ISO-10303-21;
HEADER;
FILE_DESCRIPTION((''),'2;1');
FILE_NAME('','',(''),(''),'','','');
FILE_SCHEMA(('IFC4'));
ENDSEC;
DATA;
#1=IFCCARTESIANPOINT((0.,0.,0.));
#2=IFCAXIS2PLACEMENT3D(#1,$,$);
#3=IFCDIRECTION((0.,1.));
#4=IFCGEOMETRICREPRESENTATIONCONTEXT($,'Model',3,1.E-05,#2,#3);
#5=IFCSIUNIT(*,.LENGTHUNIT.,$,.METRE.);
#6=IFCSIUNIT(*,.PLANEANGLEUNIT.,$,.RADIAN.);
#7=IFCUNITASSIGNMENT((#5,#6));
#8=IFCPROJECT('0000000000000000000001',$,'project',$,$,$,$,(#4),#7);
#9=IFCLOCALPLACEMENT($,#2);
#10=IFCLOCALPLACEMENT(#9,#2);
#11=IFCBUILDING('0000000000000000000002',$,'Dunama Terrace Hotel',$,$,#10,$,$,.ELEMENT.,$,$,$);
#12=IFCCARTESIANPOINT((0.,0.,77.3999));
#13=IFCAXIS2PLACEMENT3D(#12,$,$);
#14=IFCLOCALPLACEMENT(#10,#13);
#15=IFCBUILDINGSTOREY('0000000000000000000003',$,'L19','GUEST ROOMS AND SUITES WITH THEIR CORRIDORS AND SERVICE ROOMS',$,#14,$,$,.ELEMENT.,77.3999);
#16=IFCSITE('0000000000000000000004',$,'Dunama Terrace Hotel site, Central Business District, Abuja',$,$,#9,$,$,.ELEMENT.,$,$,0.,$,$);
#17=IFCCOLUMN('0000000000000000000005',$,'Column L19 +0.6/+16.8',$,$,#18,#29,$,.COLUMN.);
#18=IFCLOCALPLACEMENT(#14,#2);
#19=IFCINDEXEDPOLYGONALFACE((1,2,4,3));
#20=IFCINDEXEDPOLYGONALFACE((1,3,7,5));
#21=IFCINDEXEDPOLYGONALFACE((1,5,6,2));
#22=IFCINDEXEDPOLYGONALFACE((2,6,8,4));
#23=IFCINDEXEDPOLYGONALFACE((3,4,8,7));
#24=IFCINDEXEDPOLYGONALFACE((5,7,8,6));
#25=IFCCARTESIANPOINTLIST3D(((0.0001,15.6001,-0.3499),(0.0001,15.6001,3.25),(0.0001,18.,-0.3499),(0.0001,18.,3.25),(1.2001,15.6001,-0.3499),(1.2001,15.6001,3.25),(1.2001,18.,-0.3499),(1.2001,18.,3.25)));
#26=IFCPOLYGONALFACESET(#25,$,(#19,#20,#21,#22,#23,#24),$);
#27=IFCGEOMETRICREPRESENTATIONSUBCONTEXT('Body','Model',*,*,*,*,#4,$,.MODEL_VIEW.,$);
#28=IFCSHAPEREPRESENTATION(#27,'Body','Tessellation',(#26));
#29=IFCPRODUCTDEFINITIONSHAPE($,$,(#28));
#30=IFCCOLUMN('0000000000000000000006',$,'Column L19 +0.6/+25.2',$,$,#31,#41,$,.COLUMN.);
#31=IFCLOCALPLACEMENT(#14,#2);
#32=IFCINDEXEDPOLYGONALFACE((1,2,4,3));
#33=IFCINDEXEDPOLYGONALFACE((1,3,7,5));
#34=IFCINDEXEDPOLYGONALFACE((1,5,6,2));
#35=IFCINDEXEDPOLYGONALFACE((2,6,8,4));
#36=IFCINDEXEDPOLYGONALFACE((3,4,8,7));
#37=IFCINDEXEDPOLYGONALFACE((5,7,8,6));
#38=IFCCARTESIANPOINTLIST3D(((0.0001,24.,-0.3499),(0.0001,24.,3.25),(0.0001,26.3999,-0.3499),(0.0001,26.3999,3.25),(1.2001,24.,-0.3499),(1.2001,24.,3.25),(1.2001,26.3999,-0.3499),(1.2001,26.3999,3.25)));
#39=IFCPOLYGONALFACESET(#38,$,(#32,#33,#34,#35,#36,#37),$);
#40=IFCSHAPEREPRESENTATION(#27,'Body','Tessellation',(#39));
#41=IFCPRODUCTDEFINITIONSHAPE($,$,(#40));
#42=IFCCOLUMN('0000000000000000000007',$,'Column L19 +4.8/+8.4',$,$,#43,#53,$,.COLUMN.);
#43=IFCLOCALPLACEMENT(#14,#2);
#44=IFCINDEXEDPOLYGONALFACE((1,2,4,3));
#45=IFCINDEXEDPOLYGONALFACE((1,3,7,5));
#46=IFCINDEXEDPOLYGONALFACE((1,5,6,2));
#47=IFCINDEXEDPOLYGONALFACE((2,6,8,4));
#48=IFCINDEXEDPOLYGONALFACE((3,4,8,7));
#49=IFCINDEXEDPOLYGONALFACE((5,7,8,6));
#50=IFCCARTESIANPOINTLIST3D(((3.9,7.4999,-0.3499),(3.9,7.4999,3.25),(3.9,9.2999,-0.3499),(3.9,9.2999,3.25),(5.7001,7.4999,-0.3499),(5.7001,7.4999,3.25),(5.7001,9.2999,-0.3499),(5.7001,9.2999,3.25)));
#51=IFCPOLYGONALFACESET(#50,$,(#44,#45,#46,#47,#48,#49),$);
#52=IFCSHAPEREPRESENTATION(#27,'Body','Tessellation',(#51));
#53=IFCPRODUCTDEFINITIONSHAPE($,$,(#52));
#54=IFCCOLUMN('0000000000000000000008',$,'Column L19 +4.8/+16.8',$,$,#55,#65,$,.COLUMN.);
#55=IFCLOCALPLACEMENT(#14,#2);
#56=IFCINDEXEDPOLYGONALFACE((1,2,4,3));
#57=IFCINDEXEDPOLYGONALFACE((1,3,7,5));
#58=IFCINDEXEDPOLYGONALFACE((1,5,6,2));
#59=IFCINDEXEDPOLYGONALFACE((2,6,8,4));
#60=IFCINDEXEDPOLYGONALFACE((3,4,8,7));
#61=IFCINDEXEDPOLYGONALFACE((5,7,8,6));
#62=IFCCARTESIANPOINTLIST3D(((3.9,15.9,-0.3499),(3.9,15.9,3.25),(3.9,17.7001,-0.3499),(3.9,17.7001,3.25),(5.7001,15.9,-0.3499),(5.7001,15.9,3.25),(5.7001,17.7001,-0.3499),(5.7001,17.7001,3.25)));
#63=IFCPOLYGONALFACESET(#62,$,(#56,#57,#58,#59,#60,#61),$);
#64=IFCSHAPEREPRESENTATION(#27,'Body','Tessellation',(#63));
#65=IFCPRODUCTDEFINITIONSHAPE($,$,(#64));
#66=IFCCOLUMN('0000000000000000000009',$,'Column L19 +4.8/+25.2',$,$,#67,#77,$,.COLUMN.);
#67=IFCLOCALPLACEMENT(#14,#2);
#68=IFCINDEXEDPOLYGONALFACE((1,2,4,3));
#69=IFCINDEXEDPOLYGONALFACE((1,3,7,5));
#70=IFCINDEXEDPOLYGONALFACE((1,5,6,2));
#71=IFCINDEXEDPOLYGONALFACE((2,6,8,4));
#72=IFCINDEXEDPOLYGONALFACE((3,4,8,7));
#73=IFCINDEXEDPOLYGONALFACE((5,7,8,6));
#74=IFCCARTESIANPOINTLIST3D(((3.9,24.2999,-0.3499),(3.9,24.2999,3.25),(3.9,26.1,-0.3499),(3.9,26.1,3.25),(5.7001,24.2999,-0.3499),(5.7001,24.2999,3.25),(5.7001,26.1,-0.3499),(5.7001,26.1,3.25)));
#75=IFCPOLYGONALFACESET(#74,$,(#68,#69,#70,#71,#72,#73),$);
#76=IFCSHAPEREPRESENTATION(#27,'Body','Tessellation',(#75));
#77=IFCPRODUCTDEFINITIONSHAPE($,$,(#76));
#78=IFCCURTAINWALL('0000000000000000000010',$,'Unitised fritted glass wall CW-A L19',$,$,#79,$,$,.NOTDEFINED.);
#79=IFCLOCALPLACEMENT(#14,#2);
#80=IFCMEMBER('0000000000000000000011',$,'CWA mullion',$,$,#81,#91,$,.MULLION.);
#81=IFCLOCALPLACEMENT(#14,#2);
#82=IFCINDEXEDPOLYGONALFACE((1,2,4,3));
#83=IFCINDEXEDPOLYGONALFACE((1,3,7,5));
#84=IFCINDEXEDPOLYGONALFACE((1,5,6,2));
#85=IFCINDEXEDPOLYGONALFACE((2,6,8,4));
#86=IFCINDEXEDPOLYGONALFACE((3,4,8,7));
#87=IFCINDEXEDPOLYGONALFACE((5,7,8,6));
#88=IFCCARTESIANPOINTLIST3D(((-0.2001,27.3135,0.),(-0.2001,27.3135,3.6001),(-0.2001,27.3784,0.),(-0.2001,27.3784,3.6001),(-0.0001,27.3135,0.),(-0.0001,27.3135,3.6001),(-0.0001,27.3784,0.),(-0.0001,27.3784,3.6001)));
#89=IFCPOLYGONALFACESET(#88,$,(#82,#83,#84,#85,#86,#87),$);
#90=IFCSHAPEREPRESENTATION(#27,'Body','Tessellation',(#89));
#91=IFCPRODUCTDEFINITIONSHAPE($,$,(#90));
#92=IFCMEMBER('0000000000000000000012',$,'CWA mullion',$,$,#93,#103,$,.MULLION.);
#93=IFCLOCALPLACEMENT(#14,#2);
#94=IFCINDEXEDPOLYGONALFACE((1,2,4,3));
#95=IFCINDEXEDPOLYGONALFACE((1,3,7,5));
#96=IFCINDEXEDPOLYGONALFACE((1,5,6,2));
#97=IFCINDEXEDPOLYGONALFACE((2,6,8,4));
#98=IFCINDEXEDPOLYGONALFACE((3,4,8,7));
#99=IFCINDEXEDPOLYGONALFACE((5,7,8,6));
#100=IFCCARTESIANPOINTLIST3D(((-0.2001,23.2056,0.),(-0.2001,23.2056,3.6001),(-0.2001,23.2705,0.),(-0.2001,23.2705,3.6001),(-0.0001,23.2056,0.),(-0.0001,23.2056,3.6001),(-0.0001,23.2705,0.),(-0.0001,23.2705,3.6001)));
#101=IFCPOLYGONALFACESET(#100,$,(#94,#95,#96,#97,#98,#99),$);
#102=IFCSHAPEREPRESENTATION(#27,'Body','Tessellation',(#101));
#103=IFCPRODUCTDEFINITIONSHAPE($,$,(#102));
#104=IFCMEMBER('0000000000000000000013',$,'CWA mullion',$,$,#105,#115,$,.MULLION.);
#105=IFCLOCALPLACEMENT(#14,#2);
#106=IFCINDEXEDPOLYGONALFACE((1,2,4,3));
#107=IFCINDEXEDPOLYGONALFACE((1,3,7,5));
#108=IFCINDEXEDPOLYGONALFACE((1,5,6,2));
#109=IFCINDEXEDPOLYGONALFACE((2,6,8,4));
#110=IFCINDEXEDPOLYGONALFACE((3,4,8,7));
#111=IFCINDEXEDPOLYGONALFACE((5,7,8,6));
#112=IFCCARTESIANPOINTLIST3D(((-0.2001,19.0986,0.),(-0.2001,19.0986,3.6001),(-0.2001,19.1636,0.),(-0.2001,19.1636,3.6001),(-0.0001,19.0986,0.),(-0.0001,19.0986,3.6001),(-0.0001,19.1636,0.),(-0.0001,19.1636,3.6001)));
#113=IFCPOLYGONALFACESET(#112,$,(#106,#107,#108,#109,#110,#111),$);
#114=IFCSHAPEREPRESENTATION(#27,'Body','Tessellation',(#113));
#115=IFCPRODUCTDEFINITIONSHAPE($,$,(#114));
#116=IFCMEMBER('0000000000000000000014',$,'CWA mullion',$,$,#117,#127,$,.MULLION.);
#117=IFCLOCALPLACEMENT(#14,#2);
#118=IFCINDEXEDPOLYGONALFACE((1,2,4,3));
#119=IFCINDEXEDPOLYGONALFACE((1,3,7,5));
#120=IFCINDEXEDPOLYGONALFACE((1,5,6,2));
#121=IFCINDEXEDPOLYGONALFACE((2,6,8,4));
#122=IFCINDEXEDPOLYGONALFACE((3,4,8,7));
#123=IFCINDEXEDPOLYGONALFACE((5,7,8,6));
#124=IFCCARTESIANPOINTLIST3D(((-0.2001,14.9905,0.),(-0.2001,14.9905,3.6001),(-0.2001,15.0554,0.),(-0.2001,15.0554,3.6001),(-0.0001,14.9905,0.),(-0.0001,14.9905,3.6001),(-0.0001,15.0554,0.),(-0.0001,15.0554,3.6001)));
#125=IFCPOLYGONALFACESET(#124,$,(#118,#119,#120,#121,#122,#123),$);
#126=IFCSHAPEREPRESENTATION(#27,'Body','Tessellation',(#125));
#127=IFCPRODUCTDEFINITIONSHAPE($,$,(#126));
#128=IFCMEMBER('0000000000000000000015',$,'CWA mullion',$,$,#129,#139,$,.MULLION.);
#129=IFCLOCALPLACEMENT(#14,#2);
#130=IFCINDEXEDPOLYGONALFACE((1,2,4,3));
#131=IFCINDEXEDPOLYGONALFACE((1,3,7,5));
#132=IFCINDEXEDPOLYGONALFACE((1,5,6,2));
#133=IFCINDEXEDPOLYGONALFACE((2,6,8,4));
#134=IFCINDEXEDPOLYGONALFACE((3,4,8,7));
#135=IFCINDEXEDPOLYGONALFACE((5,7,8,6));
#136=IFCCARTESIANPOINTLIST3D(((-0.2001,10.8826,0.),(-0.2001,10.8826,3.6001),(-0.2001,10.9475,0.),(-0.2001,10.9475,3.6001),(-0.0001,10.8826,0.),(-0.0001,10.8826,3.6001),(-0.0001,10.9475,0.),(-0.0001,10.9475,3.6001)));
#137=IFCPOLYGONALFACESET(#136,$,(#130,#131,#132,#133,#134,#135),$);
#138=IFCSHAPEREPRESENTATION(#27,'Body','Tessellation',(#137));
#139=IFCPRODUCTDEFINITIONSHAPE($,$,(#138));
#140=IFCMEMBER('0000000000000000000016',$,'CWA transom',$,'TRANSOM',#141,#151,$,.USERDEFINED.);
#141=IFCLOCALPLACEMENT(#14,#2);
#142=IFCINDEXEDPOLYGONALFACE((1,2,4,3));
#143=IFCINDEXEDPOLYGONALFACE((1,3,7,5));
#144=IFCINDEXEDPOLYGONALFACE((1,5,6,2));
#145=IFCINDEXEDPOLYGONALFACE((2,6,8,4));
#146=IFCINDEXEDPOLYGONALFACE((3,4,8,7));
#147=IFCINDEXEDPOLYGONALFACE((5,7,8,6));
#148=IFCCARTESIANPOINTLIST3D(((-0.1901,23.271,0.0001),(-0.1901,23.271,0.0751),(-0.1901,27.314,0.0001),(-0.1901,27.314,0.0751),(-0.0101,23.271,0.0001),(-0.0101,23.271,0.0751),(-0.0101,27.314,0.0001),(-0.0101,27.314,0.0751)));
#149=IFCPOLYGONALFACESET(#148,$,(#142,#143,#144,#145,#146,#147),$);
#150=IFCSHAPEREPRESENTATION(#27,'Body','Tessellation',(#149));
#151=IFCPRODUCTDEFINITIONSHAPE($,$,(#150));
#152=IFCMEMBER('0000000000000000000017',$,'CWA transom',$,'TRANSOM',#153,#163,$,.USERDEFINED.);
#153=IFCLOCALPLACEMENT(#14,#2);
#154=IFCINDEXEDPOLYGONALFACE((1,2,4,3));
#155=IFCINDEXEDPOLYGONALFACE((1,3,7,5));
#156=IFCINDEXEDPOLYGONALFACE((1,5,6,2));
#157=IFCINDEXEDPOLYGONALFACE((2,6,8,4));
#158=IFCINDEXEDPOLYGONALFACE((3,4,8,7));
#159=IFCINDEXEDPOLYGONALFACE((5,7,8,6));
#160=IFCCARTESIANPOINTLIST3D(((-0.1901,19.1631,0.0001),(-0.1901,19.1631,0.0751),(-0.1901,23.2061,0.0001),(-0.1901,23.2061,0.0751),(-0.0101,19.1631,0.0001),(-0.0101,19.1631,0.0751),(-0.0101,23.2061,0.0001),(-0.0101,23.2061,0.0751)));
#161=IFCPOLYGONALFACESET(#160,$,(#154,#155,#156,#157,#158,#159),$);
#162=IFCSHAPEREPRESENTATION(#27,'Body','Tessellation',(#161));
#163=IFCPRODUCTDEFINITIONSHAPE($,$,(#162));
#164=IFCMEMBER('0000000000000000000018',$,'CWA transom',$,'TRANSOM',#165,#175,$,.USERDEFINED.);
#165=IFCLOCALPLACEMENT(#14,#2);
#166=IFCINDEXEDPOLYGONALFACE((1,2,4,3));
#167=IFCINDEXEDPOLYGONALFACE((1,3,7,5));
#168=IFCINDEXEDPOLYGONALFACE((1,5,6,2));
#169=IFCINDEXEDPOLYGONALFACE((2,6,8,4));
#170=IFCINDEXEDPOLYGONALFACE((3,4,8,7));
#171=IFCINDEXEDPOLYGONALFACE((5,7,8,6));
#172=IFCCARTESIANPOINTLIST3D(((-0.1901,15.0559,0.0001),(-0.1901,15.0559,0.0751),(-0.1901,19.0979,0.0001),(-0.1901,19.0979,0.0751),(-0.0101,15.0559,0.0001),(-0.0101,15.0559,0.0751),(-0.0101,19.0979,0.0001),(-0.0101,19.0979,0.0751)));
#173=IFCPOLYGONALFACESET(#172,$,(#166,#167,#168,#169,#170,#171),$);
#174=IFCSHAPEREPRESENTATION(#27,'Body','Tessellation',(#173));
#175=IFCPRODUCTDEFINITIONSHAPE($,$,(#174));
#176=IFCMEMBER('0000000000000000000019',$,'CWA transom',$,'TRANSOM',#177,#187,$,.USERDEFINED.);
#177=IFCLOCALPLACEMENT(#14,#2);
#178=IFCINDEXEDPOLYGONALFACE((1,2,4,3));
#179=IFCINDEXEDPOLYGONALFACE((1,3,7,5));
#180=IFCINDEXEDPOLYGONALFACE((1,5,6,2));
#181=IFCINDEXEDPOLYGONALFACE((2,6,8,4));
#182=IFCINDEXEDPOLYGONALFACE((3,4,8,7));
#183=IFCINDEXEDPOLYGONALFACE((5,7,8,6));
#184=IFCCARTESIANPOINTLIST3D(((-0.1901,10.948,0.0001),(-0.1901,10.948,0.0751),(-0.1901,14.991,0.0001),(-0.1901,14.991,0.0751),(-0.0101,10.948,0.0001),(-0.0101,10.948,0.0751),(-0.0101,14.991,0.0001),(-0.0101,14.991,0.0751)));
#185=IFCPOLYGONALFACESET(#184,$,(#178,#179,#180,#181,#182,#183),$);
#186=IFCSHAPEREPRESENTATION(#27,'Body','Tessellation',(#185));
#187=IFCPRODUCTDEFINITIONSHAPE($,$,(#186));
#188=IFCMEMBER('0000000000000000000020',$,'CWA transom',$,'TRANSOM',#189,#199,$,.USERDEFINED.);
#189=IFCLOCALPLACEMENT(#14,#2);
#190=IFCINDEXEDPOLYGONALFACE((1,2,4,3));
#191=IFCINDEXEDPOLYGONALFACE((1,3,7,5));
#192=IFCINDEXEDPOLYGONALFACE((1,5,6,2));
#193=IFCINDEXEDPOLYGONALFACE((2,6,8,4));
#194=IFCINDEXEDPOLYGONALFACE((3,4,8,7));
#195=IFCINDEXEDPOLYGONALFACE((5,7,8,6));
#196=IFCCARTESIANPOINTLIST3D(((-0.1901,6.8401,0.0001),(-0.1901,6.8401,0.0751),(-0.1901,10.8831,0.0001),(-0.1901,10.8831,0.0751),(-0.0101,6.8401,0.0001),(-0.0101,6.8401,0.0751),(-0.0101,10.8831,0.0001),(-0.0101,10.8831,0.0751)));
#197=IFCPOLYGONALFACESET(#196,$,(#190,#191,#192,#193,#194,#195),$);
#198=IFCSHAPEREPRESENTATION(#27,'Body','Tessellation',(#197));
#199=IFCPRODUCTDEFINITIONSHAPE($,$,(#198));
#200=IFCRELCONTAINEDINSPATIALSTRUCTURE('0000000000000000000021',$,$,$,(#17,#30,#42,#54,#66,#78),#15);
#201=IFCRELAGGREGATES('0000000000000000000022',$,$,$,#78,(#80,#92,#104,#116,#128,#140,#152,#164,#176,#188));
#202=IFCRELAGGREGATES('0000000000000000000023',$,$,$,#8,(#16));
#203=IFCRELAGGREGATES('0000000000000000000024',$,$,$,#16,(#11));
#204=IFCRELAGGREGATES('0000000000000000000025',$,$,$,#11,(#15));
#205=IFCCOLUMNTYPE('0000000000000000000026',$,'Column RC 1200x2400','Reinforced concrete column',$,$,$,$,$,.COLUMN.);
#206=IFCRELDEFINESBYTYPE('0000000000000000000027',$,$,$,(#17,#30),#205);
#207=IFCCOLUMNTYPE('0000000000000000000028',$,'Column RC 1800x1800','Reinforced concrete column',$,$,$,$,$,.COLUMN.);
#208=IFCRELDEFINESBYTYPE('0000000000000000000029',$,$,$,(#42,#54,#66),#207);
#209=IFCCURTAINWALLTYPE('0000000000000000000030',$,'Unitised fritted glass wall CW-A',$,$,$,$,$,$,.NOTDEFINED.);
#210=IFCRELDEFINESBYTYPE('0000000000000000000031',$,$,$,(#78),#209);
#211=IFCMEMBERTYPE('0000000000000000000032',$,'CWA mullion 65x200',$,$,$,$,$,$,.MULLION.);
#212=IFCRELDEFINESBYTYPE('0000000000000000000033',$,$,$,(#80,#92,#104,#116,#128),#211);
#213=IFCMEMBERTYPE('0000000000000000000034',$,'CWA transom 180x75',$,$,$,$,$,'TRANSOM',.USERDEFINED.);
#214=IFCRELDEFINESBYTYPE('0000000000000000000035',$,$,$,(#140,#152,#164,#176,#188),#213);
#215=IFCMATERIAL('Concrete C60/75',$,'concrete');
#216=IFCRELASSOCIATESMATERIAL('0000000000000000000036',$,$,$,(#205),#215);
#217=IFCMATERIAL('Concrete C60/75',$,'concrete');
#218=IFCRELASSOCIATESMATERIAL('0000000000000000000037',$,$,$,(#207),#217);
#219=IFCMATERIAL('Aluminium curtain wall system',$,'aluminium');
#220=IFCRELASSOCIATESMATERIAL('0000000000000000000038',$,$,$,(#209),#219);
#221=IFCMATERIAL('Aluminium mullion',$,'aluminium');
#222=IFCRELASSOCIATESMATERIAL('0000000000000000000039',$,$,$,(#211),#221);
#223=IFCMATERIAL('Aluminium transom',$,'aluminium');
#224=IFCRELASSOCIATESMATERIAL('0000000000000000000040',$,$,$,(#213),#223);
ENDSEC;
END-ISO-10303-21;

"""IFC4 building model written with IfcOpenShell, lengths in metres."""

from ifc_helpers import new_model, si_unit, direction, frame, origin, origin_2d, place, context, subcontext, project, spatial, rectangle, extrude, material, material_profile, profile_set, type_object, element, aggregate, save


model = new_model("IFC4")

# Units and contexts
model_context = context("Model", 3, precision=1e-05, world=origin(), true_north=direction((0.0, 1.0)))
body_context = subcontext(model_context, "Body", "Model", "MODEL_VIEW")
ifc_project = project(units=[si_unit("LENGTHUNIT", "METRE"), si_unit("PLANEANGLEUNIT", "RADIAN")], contexts=[model_context])

# Site, building, storey
site_placement = place(None, origin())
site = spatial("IfcSite", under=ifc_project, at=site_placement, Name="Dunama Terrace Hotel site, Central Business District, Abuja", CompositionType="ELEMENT", RefElevation=0.0)
building_placement = place(site_placement, origin())
building = spatial("IfcBuilding", under=site, at=building_placement, Name="Dunama Terrace Hotel", CompositionType="ELEMENT")
storey_placement = place(building_placement, frame((0.0, 0.0, 77.3999)))
storey = spatial("IfcBuildingStorey", under=building, at=storey_placement, Name="L19", Description="GUEST ROOMS AND SUITES WITH THEIR CORRIDORS AND SERVICE ROOMS", CompositionType="ELEMENT", Elevation=77.3999)

# Columns
ifc_material_1 = material(Name="Concrete C60/75", Category="concrete")
ifc_material_profile_1 = material_profile(ifc_material_1, rectangle(XDim=1.2, YDim=2.3999, at=origin_2d()), Name="RC 1200x2400")
ifc_profile_set_1 = profile_set([ifc_material_profile_1], Name="Concrete C60/75")
column_type_1 = type_object("IfcColumnType", Name="Column RC 1200x2400", Description="Reinforced concrete column", PredefinedType="COLUMN", material=ifc_profile_set_1)
for number, where, z_axis, x_axis, name in (
    (1, (0.6001, 16.8, -0.3499), (0.0, 0.0, 1.0), (1.0, 0.0, 0.0), "Column L19 +0.6/+16.8"),
    (2, (0.6001, 25.2, -0.3499), (0.0, 0.0, 1.0), (1.0, 0.0, 0.0), "Column L19 +0.6/+25.2"),
):
    element("IfcColumn", number, at=place(storey_placement, frame(where, z_axis=z_axis, x_axis=x_axis)), inside=storey, type_object=column_type_1, Name=name, PredefinedType="COLUMN", context=body_context, shape_type="SweptSolid", body=[
        extrude(rectangle(XDim=1.2, YDim=2.3999, at=origin_2d()), origin(), (0.0, 0.0, 1.0), 3.5999),
    ])
ifc_material_2 = material(Name="Concrete C60/75", Category="concrete")
ifc_material_profile_2 = material_profile(ifc_material_2, rectangle(XDim=1.8, YDim=1.8, at=origin_2d()), Name="RC 1800x1800")
ifc_profile_set_2 = profile_set([ifc_material_profile_2], Name="Concrete C60/75")
column_type_2 = type_object("IfcColumnType", Name="Column RC 1800x1800", Description="Reinforced concrete column", PredefinedType="COLUMN", material=ifc_profile_set_2)
for number, where, z_axis, x_axis, name in (
    (3, (4.8, 8.3999, -0.3499), (0.0, 0.0, 1.0), (1.0, 0.0, 0.0), "Column L19 +4.8/+8.4"),
    (4, (4.8, 16.8, -0.3499), (0.0, 0.0, 1.0), (1.0, 0.0, 0.0), "Column L19 +4.8/+16.8"),
    (5, (4.8, 25.2, -0.3499), (0.0, 0.0, 1.0), (1.0, 0.0, 0.0), "Column L19 +4.8/+25.2"),
):
    element("IfcColumn", number, at=place(storey_placement, frame(where, z_axis=z_axis, x_axis=x_axis)), inside=storey, type_object=column_type_2, Name=name, PredefinedType="COLUMN", context=body_context, shape_type="SweptSolid", body=[
        extrude(rectangle(XDim=1.8, YDim=1.8, at=origin_2d()), origin(), (0.0, 0.0, 1.0), 3.5999),
    ])

# Curtain wall, members
ifc_material_3 = material(Name="Aluminium curtain wall system", Category="aluminium")
curtain_wall_type = type_object("IfcCurtainWallType", Name="Unitised fritted glass wall CW-A", PredefinedType="NOTDEFINED", material=ifc_material_3)
curtain_wall_placement = place(storey_placement, origin())
curtain_wall = element("IfcCurtainWall", 6, at=curtain_wall_placement, inside=storey, type_object=curtain_wall_type, Name="Unitised fritted glass wall CW-A L19", PredefinedType="NOTDEFINED")
ifc_material_4 = material(Name="Aluminium mullion", Category="aluminium")
ifc_material_profile_3 = material_profile(ifc_material_4, rectangle(XDim=0.0649, YDim=0.2, at=origin_2d()), Name="CWA MULLION 65X200")
ifc_profile_set_3 = profile_set([ifc_material_profile_3], Name="Aluminium mullion")
member_type_1 = type_object("IfcMemberType", Name="CWA mullion 65x200", PredefinedType="MULLION", material=ifc_profile_set_3)
member_1_placement = place(storey_placement, frame((-0.1001, 27.3459, 0.0), z_axis=(0.0, 0.0, 1.0), x_axis=(0.0, -1.0, 0.0)))
member_1 = element("IfcMember", 7, at=member_1_placement, type_object=member_type_1, Name="CWA mullion", PredefinedType="MULLION", context=body_context, shape_type="SweptSolid", body=[
    extrude(rectangle(XDim=0.0649, YDim=0.2, at=origin_2d()), origin(), (0.0, 0.0, 1.0), 3.6001),
])
member_2_placement = place(storey_placement, frame((-0.1001, 23.238, 0.0), z_axis=(0.0, 0.0, 1.0), x_axis=(0.0, -1.0, 0.0)))
member_2 = element("IfcMember", 8, at=member_2_placement, type_object=member_type_1, Name="CWA mullion", PredefinedType="MULLION", context=body_context, shape_type="SweptSolid", body=[
    extrude(rectangle(XDim=0.0649, YDim=0.2, at=origin_2d()), origin(), (0.0, 0.0, 1.0), 3.6001),
])
member_3_placement = place(storey_placement, frame((-0.1001, 19.1311, 0.0), z_axis=(0.0, 0.0, 1.0), x_axis=(0.0, -1.0, 0.0)))
member_3 = element("IfcMember", 9, at=member_3_placement, type_object=member_type_1, Name="CWA mullion", PredefinedType="MULLION", context=body_context, shape_type="SweptSolid", body=[
    extrude(rectangle(XDim=0.0649, YDim=0.2, at=origin_2d()), origin(), (0.0, 0.0, 1.0), 3.6001),
])
member_4_placement = place(storey_placement, frame((-0.1001, 15.0229, 0.0), z_axis=(0.0, 0.0, 1.0), x_axis=(0.0, -1.0, 0.0)))
member_4 = element("IfcMember", 10, at=member_4_placement, type_object=member_type_1, Name="CWA mullion", PredefinedType="MULLION", context=body_context, shape_type="SweptSolid", body=[
    extrude(rectangle(XDim=0.0649, YDim=0.2, at=origin_2d()), origin(), (0.0, 0.0, 1.0), 3.6001),
])
member_5_placement = place(storey_placement, frame((-0.1001, 10.915, 0.0), z_axis=(0.0, 0.0, 1.0), x_axis=(0.0, -1.0, 0.0)))
member_5 = element("IfcMember", 11, at=member_5_placement, type_object=member_type_1, Name="CWA mullion", PredefinedType="MULLION", context=body_context, shape_type="SweptSolid", body=[
    extrude(rectangle(XDim=0.0649, YDim=0.2, at=origin_2d()), origin(), (0.0, 0.0, 1.0), 3.6001),
])
ifc_material_5 = material(Name="Aluminium transom", Category="aluminium")
ifc_material_profile_4 = material_profile(ifc_material_5, rectangle(XDim=0.1799, YDim=0.075, at=origin_2d()), Name="CWA TRANSOM 180X75")
ifc_profile_set_4 = profile_set([ifc_material_profile_4], Name="Aluminium transom")
member_type_2 = type_object("IfcMemberType", Name="CWA transom 180x75", ElementType="TRANSOM", PredefinedType="USERDEFINED", material=ifc_profile_set_4)
member_6_placement = place(storey_placement, frame((-0.1001, 27.314, 0.0376), z_axis=(0.0, -1.0, 0.0), x_axis=(1.0, 0.0, 0.0)))
member_6 = element("IfcMember", 12, at=member_6_placement, type_object=member_type_2, Name="CWA transom", ObjectType="TRANSOM", PredefinedType="USERDEFINED", context=body_context, shape_type="SweptSolid", body=[
    extrude(rectangle(XDim=0.1799, YDim=0.075, at=origin_2d()), origin(), (0.0, 0.0, 1.0), 4.043),
])
member_7_placement = place(storey_placement, frame((-0.1001, 23.2061, 0.0376), z_axis=(0.0, -1.0, 0.0), x_axis=(1.0, 0.0, 0.0)))
member_7 = element("IfcMember", 13, at=member_7_placement, type_object=member_type_2, Name="CWA transom", ObjectType="TRANSOM", PredefinedType="USERDEFINED", context=body_context, shape_type="SweptSolid", body=[
    extrude(rectangle(XDim=0.1799, YDim=0.075, at=origin_2d()), origin(), (0.0, 0.0, 1.0), 4.043),
])
member_8_placement = place(storey_placement, frame((-0.1001, 19.0979, 0.0376), z_axis=(0.0, -1.0, 0.0), x_axis=(1.0, 0.0, 0.0)))
member_8 = element("IfcMember", 14, at=member_8_placement, type_object=member_type_2, Name="CWA transom", ObjectType="TRANSOM", PredefinedType="USERDEFINED", context=body_context, shape_type="SweptSolid", body=[
    extrude(rectangle(XDim=0.1799, YDim=0.075, at=origin_2d()), origin(), (0.0, 0.0, 1.0), 4.042),
])
member_9_placement = place(storey_placement, frame((-0.1001, 14.991, 0.0376), z_axis=(0.0, -1.0, 0.0), x_axis=(1.0, 0.0, 0.0)))
member_9 = element("IfcMember", 15, at=member_9_placement, type_object=member_type_2, Name="CWA transom", ObjectType="TRANSOM", PredefinedType="USERDEFINED", context=body_context, shape_type="SweptSolid", body=[
    extrude(rectangle(XDim=0.1799, YDim=0.075, at=origin_2d()), origin(), (0.0, 0.0, 1.0), 4.043),
])
member_10_placement = place(storey_placement, frame((-0.1001, 10.8831, 0.0376), z_axis=(0.0, -1.0, 0.0), x_axis=(1.0, 0.0, 0.0)))
member_10 = element("IfcMember", 16, at=member_10_placement, type_object=member_type_2, Name="CWA transom", ObjectType="TRANSOM", PredefinedType="USERDEFINED", context=body_context, shape_type="SweptSolid", body=[
    extrude(rectangle(XDim=0.1799, YDim=0.075, at=origin_2d()), origin(), (0.0, 0.0, 1.0), 4.043),
])

aggregate(curtain_wall, [member_1, member_2, member_3, member_4, member_5, member_6, member_7, member_8, member_9, member_10])

save(model, "model.ifc")
